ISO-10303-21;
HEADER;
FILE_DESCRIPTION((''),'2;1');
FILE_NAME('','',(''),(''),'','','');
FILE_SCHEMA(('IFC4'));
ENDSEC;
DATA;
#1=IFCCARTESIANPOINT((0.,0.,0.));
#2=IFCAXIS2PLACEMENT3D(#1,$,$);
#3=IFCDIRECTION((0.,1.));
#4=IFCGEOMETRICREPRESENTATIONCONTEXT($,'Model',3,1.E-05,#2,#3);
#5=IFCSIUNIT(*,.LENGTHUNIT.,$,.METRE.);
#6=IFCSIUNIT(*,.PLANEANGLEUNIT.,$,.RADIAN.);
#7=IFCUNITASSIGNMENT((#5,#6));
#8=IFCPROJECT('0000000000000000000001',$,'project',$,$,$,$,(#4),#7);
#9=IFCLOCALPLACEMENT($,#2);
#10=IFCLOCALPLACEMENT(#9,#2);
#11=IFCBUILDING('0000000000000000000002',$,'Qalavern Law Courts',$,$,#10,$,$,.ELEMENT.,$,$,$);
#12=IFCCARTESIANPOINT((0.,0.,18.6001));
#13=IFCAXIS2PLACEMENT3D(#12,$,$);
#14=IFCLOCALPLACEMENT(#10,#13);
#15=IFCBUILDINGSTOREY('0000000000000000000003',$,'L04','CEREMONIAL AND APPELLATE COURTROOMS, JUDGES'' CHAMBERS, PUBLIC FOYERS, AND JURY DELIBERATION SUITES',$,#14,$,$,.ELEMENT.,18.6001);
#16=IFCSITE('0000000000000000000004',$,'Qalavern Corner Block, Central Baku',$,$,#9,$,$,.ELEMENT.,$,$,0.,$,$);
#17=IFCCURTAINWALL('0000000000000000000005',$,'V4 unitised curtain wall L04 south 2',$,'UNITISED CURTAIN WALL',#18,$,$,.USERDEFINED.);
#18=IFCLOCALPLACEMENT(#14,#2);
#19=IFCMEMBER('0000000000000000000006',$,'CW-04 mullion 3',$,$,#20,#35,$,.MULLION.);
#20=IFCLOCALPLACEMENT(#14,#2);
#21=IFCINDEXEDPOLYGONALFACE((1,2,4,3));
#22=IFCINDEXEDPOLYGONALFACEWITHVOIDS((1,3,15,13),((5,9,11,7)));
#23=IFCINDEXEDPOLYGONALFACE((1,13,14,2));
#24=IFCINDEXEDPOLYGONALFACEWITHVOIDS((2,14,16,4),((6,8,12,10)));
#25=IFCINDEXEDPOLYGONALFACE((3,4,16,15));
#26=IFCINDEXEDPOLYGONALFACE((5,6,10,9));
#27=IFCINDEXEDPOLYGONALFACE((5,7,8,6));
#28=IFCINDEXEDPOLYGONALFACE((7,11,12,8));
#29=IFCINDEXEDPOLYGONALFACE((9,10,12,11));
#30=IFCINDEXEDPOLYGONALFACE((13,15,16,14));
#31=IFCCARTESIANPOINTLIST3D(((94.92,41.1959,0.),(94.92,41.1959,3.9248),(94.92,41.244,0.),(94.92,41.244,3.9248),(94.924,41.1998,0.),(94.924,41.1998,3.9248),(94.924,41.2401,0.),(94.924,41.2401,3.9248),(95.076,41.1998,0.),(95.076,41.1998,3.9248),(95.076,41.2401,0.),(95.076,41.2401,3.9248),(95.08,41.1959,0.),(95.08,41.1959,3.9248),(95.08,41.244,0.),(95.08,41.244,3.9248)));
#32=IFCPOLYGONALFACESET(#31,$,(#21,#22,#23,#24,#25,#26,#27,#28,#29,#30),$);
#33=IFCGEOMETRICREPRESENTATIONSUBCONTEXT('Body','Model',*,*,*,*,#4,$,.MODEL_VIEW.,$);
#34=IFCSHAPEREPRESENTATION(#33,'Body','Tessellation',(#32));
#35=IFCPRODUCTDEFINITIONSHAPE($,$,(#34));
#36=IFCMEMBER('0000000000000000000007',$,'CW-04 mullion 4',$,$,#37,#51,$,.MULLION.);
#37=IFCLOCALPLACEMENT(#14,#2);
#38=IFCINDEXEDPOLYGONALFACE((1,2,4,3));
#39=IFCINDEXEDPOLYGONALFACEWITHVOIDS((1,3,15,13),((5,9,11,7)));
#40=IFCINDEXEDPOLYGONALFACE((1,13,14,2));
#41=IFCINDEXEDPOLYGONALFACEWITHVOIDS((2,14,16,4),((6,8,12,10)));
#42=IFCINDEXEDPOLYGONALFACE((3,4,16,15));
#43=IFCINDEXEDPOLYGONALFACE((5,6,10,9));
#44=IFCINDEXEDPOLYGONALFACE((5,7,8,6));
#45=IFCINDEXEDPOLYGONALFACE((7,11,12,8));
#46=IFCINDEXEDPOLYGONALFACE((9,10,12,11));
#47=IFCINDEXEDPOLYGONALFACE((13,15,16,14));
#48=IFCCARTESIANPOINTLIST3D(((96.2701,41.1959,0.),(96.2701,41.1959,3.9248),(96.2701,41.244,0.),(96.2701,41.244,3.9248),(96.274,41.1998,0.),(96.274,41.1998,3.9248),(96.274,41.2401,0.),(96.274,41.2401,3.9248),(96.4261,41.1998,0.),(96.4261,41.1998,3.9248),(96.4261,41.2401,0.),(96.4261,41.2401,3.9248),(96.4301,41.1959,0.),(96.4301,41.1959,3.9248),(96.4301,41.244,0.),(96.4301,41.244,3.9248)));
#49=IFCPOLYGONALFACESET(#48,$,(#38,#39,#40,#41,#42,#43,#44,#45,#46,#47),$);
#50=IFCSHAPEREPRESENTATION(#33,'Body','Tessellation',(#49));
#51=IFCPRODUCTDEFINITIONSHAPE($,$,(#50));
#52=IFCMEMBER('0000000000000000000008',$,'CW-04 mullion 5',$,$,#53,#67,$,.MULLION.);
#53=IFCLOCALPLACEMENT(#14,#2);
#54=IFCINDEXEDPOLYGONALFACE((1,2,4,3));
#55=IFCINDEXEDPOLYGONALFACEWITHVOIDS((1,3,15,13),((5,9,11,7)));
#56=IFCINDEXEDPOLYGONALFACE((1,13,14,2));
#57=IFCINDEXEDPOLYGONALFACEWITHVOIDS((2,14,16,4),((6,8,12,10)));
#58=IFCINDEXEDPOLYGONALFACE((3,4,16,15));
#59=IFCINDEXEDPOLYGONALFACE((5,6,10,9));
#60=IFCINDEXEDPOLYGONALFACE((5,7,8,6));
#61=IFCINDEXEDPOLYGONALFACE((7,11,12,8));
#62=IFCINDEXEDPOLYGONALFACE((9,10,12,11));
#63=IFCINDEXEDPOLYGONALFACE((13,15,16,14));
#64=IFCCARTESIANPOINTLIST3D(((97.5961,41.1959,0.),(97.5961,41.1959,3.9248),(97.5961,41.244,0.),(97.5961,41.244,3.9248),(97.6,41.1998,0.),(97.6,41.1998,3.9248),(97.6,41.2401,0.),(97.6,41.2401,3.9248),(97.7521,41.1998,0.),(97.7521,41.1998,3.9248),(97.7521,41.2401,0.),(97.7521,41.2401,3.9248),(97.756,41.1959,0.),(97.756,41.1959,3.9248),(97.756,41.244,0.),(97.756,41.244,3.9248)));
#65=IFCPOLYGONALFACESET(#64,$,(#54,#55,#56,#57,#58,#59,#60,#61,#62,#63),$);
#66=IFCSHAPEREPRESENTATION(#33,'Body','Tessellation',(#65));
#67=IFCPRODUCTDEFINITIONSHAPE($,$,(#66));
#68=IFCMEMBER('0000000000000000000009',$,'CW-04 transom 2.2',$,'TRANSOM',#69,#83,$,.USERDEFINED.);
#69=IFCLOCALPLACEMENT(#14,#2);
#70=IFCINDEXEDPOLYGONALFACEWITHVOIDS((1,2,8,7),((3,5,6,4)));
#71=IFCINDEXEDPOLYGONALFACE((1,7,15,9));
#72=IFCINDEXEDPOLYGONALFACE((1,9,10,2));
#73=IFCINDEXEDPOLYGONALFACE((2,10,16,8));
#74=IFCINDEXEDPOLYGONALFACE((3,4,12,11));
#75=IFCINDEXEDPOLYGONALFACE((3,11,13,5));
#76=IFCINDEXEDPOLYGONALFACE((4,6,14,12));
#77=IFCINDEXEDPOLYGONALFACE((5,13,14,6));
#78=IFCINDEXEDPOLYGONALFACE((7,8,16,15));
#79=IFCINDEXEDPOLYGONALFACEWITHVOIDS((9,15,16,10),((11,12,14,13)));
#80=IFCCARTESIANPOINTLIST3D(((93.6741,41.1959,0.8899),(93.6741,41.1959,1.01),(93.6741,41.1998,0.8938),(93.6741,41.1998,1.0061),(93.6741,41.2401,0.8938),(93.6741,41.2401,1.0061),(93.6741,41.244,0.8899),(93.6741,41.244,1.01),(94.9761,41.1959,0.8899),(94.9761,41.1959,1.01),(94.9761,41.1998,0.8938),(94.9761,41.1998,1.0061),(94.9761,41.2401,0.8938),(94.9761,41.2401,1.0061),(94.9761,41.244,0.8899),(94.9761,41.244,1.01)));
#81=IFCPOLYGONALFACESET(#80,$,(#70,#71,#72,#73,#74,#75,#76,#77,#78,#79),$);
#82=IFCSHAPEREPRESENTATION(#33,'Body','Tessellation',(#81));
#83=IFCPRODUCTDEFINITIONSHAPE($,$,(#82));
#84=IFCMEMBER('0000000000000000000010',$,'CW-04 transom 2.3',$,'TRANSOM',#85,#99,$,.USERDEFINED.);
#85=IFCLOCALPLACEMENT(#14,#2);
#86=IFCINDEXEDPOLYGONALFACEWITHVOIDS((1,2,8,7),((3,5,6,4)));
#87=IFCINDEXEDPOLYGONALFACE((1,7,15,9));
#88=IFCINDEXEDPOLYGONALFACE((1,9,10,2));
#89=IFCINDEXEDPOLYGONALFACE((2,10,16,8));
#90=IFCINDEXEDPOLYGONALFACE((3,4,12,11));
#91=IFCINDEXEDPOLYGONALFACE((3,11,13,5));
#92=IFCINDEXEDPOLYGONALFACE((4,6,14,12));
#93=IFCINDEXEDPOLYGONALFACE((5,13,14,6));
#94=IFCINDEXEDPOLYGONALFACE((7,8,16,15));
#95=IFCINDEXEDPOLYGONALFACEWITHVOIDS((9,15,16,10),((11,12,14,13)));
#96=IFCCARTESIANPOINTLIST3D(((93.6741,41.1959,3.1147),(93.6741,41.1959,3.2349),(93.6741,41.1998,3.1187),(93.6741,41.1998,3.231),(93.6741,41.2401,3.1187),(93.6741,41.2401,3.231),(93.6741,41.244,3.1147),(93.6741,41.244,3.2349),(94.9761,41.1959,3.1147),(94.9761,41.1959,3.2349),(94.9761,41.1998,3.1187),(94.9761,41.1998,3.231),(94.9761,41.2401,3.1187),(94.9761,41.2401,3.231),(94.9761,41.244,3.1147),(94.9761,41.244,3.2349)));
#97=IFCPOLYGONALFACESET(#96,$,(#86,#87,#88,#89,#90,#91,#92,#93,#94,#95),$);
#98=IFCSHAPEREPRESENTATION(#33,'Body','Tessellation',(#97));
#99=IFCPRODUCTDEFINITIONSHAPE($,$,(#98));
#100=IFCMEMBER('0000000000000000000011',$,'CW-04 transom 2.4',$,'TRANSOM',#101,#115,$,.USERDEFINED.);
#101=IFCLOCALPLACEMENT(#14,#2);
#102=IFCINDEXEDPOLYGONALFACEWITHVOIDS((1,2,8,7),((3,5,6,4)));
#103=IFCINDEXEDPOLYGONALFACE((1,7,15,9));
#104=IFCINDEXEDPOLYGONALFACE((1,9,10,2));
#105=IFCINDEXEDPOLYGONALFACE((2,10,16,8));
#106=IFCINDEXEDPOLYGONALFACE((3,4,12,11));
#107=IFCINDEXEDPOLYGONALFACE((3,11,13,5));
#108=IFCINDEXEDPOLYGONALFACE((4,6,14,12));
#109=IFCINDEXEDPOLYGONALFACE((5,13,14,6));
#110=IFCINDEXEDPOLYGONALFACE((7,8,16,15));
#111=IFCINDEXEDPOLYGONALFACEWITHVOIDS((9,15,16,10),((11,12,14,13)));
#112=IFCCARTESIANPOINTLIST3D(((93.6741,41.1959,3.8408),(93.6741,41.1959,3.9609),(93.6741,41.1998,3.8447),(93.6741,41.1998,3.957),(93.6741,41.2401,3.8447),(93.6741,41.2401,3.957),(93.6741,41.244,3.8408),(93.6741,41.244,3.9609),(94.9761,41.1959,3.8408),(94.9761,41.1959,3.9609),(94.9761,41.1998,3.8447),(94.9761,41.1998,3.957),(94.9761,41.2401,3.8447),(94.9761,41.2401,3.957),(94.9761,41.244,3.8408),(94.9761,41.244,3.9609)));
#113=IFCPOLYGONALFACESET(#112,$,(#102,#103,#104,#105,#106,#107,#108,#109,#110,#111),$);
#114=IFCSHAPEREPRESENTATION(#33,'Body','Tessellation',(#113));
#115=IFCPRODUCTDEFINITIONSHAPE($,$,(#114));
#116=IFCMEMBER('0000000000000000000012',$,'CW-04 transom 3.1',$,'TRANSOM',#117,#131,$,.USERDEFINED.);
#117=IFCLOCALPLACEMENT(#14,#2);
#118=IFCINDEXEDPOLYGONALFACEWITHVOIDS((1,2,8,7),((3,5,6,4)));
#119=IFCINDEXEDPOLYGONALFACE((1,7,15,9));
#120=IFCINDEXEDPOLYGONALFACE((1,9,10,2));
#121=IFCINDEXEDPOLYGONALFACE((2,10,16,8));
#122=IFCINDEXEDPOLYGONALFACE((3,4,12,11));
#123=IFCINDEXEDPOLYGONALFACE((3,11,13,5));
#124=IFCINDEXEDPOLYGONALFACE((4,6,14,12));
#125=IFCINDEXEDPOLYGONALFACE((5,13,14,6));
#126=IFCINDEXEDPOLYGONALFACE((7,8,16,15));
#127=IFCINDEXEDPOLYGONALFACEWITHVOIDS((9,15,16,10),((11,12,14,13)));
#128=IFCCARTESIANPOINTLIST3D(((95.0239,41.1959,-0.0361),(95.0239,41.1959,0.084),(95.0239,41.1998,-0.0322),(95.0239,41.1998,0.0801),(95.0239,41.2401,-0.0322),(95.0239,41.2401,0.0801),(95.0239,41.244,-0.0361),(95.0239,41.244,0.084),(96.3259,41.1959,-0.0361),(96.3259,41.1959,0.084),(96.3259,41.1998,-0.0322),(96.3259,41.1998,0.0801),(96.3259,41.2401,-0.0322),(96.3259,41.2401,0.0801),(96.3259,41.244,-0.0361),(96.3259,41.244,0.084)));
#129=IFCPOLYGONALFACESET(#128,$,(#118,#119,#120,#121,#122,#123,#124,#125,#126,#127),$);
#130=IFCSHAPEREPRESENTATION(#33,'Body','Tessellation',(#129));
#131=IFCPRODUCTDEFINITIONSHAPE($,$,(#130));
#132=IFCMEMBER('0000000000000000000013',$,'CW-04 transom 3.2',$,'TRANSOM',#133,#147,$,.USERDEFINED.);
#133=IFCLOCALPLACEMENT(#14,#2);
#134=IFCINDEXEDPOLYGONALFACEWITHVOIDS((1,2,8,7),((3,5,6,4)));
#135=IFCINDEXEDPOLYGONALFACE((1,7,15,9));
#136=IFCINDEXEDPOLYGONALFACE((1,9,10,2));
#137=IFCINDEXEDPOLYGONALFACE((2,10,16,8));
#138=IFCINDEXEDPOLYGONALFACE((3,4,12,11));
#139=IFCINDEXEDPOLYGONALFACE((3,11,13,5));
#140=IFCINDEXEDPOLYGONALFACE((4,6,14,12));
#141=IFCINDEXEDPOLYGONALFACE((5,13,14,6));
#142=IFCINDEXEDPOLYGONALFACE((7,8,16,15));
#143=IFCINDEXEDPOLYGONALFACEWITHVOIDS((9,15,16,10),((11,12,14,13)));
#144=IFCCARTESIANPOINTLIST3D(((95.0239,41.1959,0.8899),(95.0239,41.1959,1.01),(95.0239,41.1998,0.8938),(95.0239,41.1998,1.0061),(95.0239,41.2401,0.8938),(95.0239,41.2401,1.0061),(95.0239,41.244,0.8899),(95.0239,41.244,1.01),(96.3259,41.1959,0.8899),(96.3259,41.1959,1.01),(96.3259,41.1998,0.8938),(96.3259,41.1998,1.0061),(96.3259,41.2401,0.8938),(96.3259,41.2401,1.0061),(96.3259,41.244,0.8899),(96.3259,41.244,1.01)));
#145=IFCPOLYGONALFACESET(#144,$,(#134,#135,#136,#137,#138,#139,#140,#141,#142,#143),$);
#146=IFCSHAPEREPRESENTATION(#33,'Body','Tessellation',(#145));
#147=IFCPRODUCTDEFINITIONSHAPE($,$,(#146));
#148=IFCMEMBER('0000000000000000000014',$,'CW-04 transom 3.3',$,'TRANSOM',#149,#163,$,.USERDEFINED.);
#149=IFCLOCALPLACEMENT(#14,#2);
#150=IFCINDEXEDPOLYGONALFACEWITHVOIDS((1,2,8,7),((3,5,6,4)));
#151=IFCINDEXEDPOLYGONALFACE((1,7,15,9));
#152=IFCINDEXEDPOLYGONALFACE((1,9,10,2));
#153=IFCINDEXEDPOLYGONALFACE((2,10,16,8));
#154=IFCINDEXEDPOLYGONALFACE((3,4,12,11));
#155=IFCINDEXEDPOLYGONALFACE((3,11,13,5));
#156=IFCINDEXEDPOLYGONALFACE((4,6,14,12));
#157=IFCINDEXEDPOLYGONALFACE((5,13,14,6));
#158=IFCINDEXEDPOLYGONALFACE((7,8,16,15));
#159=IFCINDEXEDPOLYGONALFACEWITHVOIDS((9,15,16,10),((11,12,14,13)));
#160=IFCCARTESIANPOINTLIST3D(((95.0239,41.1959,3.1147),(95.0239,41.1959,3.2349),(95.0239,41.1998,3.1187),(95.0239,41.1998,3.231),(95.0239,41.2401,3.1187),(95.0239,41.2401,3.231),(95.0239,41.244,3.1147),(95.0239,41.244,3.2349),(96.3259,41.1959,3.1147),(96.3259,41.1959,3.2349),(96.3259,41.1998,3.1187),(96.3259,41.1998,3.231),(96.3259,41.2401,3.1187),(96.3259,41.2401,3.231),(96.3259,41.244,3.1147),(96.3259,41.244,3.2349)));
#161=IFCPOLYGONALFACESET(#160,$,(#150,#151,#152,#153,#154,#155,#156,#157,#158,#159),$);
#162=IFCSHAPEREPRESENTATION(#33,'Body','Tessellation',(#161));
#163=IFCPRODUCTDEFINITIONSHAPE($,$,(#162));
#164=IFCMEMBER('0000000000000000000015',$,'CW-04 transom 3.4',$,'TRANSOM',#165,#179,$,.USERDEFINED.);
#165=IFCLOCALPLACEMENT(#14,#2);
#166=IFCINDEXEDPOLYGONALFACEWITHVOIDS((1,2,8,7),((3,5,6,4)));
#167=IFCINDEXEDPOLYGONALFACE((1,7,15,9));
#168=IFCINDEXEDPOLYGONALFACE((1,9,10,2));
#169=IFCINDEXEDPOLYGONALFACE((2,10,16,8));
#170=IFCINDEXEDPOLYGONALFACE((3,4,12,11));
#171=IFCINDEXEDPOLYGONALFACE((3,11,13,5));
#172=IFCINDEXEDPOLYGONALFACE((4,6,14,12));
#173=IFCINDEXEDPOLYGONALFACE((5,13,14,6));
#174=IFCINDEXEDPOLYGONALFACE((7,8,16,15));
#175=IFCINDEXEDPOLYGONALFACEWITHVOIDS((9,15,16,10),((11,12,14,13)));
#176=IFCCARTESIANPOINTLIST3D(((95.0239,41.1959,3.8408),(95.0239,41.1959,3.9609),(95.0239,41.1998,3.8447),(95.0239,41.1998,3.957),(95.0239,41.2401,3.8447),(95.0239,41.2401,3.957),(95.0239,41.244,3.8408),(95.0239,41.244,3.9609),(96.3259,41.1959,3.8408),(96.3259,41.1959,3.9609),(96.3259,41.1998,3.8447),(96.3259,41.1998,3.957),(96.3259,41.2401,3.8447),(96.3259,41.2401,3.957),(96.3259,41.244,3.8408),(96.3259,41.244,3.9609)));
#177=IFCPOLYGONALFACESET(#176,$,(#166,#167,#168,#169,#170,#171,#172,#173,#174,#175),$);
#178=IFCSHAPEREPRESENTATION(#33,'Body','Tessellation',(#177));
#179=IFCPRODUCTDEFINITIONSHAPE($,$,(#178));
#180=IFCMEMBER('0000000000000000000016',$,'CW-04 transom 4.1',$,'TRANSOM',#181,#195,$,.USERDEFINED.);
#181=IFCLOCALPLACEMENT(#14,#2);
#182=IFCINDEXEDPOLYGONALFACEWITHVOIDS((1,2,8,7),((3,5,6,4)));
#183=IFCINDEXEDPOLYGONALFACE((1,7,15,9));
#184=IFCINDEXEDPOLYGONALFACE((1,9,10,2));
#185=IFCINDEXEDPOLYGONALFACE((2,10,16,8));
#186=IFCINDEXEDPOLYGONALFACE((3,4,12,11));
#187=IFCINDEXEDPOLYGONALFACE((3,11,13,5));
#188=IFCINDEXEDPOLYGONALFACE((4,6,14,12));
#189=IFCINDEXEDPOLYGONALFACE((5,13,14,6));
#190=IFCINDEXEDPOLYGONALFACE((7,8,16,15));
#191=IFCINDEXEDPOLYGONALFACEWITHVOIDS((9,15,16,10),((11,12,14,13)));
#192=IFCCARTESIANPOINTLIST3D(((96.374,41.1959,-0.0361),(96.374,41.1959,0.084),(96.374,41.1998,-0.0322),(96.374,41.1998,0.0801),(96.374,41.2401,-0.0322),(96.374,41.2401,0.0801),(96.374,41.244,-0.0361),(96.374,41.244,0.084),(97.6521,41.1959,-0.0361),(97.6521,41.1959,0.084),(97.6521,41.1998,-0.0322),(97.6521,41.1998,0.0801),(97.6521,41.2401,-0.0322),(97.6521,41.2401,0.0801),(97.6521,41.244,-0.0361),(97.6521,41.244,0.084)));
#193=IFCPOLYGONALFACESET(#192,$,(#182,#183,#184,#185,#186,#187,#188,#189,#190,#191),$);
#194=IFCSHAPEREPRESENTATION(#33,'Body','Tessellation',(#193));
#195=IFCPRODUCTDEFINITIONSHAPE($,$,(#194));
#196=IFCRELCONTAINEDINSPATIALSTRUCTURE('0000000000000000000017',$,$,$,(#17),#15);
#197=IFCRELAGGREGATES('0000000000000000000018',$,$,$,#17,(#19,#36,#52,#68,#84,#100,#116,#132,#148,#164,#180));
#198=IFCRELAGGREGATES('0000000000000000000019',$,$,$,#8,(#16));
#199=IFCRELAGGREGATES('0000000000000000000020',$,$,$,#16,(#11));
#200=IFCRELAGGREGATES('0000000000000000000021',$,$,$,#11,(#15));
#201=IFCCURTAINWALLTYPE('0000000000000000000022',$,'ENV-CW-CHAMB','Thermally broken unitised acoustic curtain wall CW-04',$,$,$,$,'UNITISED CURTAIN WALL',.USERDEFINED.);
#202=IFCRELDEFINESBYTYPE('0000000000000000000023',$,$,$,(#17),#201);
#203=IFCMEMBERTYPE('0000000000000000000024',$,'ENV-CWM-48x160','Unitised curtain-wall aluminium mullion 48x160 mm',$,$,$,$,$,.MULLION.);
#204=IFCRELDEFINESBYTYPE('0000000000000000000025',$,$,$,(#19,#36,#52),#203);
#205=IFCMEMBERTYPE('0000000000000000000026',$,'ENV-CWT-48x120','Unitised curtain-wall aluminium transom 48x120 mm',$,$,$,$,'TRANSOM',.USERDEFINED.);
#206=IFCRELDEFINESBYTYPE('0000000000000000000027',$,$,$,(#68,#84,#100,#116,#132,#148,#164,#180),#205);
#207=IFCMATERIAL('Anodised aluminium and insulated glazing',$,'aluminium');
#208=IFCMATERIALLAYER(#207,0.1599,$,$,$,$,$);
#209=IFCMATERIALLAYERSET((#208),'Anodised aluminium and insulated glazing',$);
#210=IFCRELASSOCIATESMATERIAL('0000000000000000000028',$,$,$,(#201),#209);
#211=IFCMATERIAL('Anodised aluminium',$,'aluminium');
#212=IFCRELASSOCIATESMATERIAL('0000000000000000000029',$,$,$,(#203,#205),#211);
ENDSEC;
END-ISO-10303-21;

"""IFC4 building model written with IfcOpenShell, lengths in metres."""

from ifc_helpers import new_model, si_unit, direction, frame, origin, origin_2d, place, context, subcontext, project, spatial, hollow_rectangle, extrude, material, layer, layer_set, material_profile, profile_set, type_object, element, aggregate, save


model = new_model("IFC4")

# Units and contexts
model_context = context("Model", 3, precision=1e-05, world=origin(), true_north=direction((0.0, 1.0)))
body_context = subcontext(model_context, "Body", "Model", "MODEL_VIEW")
ifc_project = project(units=[si_unit("LENGTHUNIT", "METRE"), si_unit("PLANEANGLEUNIT", "RADIAN")], contexts=[model_context])

# Site, building, storey
site_placement = place(None, origin())
site = spatial("IfcSite", under=ifc_project, at=site_placement, Name="Qalavern Corner Block, Central Baku", CompositionType="ELEMENT", RefElevation=0.0)
building_placement = place(site_placement, origin())
building = spatial("IfcBuilding", under=site, at=building_placement, Name="Qalavern Law Courts", CompositionType="ELEMENT")
storey_placement = place(building_placement, frame((0.0, 0.0, 18.6001)))
storey = spatial("IfcBuildingStorey", under=building, at=storey_placement, Name="L04", Description="CEREMONIAL AND APPELLATE COURTROOMS, JUDGES' CHAMBERS, PUBLIC FOYERS, AND JURY DELIBERATION SUITES", CompositionType="ELEMENT", Elevation=18.6001)

# Curtain wall, members
ifc_material_1 = material(Name="Anodised aluminium and insulated glazing", Category="aluminium")
ifc_layer_1 = layer(ifc_material_1, 0.1599)
ifc_layer_set_1 = layer_set([ifc_layer_1], Name="Anodised aluminium and insulated glazing")
curtain_wall_type = type_object("IfcCurtainWallType", Name="ENV-CW-CHAMB", Description="Thermally broken unitised acoustic curtain wall CW-04", ElementType="UNITISED CURTAIN WALL", PredefinedType="USERDEFINED", material=ifc_layer_set_1)
curtain_wall_placement = place(storey_placement, origin())
curtain_wall = element("IfcCurtainWall", 1, at=curtain_wall_placement, inside=storey, type_object=curtain_wall_type, Name="V4 unitised curtain wall L04 south 2", ObjectType="UNITISED CURTAIN WALL", PredefinedType="USERDEFINED")
ifc_material_2 = material(Name="Anodised aluminium", Category="aluminium")
ifc_material_profile_1 = material_profile(ifc_material_2, hollow_rectangle(XDim=0.0481, YDim=0.1599, WallThickness=0.0039, at=origin_2d()), Name="ALU MULLION 48x160")
ifc_profile_set_1 = profile_set([ifc_material_profile_1], Name="Anodised aluminium")
member_type_1 = type_object("IfcMemberType", Name="ENV-CWM-48x160", Description="Unitised curtain-wall aluminium mullion 48x160 mm", PredefinedType="MULLION", material=ifc_profile_set_1)
member_1_placement = place(storey_placement, frame((95.0, 41.22, 0.0), z_axis=(0.0, 0.0, 1.0), x_axis=(0.0, 1.0, 0.0)))
member_1 = element("IfcMember", 2, at=member_1_placement, type_object=member_type_1, Name="CW-04 mullion 3", PredefinedType="MULLION", context=body_context, shape_type="SweptSolid", body=[
    extrude(hollow_rectangle(XDim=0.0481, YDim=0.1599, WallThickness=0.0039, at=origin_2d()), origin(), (0.0, 0.0, 1.0), 3.9248),
])
member_2_placement = place(storey_placement, frame((96.3501, 41.22, 0.0), z_axis=(0.0, 0.0, 1.0), x_axis=(0.0, 1.0, 0.0)))
member_2 = element("IfcMember", 3, at=member_2_placement, type_object=member_type_1, Name="CW-04 mullion 4", PredefinedType="MULLION", context=body_context, shape_type="SweptSolid", body=[
    extrude(hollow_rectangle(XDim=0.0481, YDim=0.1599, WallThickness=0.0039, at=origin_2d()), origin(), (0.0, 0.0, 1.0), 3.9248),
])
member_3_placement = place(storey_placement, frame((97.676, 41.22, 0.0), z_axis=(0.0, 0.0, 1.0), x_axis=(0.0, 1.0, 0.0)))
member_3 = element("IfcMember", 4, at=member_3_placement, type_object=member_type_1, Name="CW-04 mullion 5", PredefinedType="MULLION", context=body_context, shape_type="SweptSolid", body=[
    extrude(hollow_rectangle(XDim=0.0481, YDim=0.1599, WallThickness=0.0039, at=origin_2d()), origin(), (0.0, 0.0, 1.0), 3.9248),
])
ifc_material_profile_2 = material_profile(ifc_material_2, hollow_rectangle(XDim=0.0481, YDim=0.1201, WallThickness=0.0039, at=origin_2d()), Name="ALU TRANSOM 48x120")
ifc_profile_set_2 = profile_set([ifc_material_profile_2], Name="Anodised aluminium")
member_type_2 = type_object("IfcMemberType", Name="ENV-CWT-48x120", Description="Unitised curtain-wall aluminium transom 48x120 mm", ElementType="TRANSOM", PredefinedType="USERDEFINED", material=ifc_profile_set_2)
member_4_placement = place(storey_placement, frame((93.6741, 41.22, 0.95), z_axis=(1.0, 0.0, 0.0), x_axis=(0.0, 1.0, 0.0)))
member_4 = element("IfcMember", 5, at=member_4_placement, type_object=member_type_2, Name="CW-04 transom 2.2", ObjectType="TRANSOM", PredefinedType="USERDEFINED", context=body_context, shape_type="SweptSolid", body=[
    extrude(hollow_rectangle(XDim=0.0481, YDim=0.1201, WallThickness=0.0039, at=origin_2d()), origin(), (0.0, 0.0, 1.0), 1.302),
])
member_5_placement = place(storey_placement, frame((93.6741, 41.22, 3.1748), z_axis=(1.0, 0.0, 0.0), x_axis=(0.0, 1.0, 0.0)))
member_5 = element("IfcMember", 6, at=member_5_placement, type_object=member_type_2, Name="CW-04 transom 2.3", ObjectType="TRANSOM", PredefinedType="USERDEFINED", context=body_context, shape_type="SweptSolid", body=[
    extrude(hollow_rectangle(XDim=0.0481, YDim=0.1201, WallThickness=0.0039, at=origin_2d()), origin(), (0.0, 0.0, 1.0), 1.302),
])
member_6_placement = place(storey_placement, frame((93.6741, 41.22, 3.9009), z_axis=(1.0, 0.0, 0.0), x_axis=(0.0, 1.0, 0.0)))
member_6 = element("IfcMember", 7, at=member_6_placement, type_object=member_type_2, Name="CW-04 transom 2.4", ObjectType="TRANSOM", PredefinedType="USERDEFINED", context=body_context, shape_type="SweptSolid", body=[
    extrude(hollow_rectangle(XDim=0.0481, YDim=0.1201, WallThickness=0.0039, at=origin_2d()), origin(), (0.0, 0.0, 1.0), 1.302),
])
member_7_placement = place(storey_placement, frame((95.0239, 41.22, 0.0239), z_axis=(1.0, 0.0, 0.0), x_axis=(0.0, 1.0, 0.0)))
member_7 = element("IfcMember", 8, at=member_7_placement, type_object=member_type_2, Name="CW-04 transom 3.1", ObjectType="TRANSOM", PredefinedType="USERDEFINED", context=body_context, shape_type="SweptSolid", body=[
    extrude(hollow_rectangle(XDim=0.0481, YDim=0.1201, WallThickness=0.0039, at=origin_2d()), origin(), (0.0, 0.0, 1.0), 1.302),
])
member_8_placement = place(storey_placement, frame((95.0239, 41.22, 0.95), z_axis=(1.0, 0.0, 0.0), x_axis=(0.0, 1.0, 0.0)))
member_8 = element("IfcMember", 9, at=member_8_placement, type_object=member_type_2, Name="CW-04 transom 3.2", ObjectType="TRANSOM", PredefinedType="USERDEFINED", context=body_context, shape_type="SweptSolid", body=[
    extrude(hollow_rectangle(XDim=0.0481, YDim=0.1201, WallThickness=0.0039, at=origin_2d()), origin(), (0.0, 0.0, 1.0), 1.302),
])
member_9_placement = place(storey_placement, frame((95.0239, 41.22, 3.1748), z_axis=(1.0, 0.0, 0.0), x_axis=(0.0, 1.0, 0.0)))
member_9 = element("IfcMember", 10, at=member_9_placement, type_object=member_type_2, Name="CW-04 transom 3.3", ObjectType="TRANSOM", PredefinedType="USERDEFINED", context=body_context, shape_type="SweptSolid", body=[
    extrude(hollow_rectangle(XDim=0.0481, YDim=0.1201, WallThickness=0.0039, at=origin_2d()), origin(), (0.0, 0.0, 1.0), 1.302),
])
member_10_placement = place(storey_placement, frame((95.0239, 41.22, 3.9009), z_axis=(1.0, 0.0, 0.0), x_axis=(0.0, 1.0, 0.0)))
member_10 = element("IfcMember", 11, at=member_10_placement, type_object=member_type_2, Name="CW-04 transom 3.4", ObjectType="TRANSOM", PredefinedType="USERDEFINED", context=body_context, shape_type="SweptSolid", body=[
    extrude(hollow_rectangle(XDim=0.0481, YDim=0.1201, WallThickness=0.0039, at=origin_2d()), origin(), (0.0, 0.0, 1.0), 1.302),
])
member_11_placement = place(storey_placement, frame((96.374, 41.22, 0.0239), z_axis=(1.0, 0.0, 0.0), x_axis=(0.0, 1.0, 0.0)))
member_11 = element("IfcMember", 12, at=member_11_placement, type_object=member_type_2, Name="CW-04 transom 4.1", ObjectType="TRANSOM", PredefinedType="USERDEFINED", context=body_context, shape_type="SweptSolid", body=[
    extrude(hollow_rectangle(XDim=0.0481, YDim=0.1201, WallThickness=0.0039, at=origin_2d()), origin(), (0.0, 0.0, 1.0), 1.2781),
])
aggregate(curtain_wall, [member_1, member_2, member_3, member_4, member_5, member_6, member_7, member_8, member_9, member_10, member_11])

save(model, "model.ifc")
